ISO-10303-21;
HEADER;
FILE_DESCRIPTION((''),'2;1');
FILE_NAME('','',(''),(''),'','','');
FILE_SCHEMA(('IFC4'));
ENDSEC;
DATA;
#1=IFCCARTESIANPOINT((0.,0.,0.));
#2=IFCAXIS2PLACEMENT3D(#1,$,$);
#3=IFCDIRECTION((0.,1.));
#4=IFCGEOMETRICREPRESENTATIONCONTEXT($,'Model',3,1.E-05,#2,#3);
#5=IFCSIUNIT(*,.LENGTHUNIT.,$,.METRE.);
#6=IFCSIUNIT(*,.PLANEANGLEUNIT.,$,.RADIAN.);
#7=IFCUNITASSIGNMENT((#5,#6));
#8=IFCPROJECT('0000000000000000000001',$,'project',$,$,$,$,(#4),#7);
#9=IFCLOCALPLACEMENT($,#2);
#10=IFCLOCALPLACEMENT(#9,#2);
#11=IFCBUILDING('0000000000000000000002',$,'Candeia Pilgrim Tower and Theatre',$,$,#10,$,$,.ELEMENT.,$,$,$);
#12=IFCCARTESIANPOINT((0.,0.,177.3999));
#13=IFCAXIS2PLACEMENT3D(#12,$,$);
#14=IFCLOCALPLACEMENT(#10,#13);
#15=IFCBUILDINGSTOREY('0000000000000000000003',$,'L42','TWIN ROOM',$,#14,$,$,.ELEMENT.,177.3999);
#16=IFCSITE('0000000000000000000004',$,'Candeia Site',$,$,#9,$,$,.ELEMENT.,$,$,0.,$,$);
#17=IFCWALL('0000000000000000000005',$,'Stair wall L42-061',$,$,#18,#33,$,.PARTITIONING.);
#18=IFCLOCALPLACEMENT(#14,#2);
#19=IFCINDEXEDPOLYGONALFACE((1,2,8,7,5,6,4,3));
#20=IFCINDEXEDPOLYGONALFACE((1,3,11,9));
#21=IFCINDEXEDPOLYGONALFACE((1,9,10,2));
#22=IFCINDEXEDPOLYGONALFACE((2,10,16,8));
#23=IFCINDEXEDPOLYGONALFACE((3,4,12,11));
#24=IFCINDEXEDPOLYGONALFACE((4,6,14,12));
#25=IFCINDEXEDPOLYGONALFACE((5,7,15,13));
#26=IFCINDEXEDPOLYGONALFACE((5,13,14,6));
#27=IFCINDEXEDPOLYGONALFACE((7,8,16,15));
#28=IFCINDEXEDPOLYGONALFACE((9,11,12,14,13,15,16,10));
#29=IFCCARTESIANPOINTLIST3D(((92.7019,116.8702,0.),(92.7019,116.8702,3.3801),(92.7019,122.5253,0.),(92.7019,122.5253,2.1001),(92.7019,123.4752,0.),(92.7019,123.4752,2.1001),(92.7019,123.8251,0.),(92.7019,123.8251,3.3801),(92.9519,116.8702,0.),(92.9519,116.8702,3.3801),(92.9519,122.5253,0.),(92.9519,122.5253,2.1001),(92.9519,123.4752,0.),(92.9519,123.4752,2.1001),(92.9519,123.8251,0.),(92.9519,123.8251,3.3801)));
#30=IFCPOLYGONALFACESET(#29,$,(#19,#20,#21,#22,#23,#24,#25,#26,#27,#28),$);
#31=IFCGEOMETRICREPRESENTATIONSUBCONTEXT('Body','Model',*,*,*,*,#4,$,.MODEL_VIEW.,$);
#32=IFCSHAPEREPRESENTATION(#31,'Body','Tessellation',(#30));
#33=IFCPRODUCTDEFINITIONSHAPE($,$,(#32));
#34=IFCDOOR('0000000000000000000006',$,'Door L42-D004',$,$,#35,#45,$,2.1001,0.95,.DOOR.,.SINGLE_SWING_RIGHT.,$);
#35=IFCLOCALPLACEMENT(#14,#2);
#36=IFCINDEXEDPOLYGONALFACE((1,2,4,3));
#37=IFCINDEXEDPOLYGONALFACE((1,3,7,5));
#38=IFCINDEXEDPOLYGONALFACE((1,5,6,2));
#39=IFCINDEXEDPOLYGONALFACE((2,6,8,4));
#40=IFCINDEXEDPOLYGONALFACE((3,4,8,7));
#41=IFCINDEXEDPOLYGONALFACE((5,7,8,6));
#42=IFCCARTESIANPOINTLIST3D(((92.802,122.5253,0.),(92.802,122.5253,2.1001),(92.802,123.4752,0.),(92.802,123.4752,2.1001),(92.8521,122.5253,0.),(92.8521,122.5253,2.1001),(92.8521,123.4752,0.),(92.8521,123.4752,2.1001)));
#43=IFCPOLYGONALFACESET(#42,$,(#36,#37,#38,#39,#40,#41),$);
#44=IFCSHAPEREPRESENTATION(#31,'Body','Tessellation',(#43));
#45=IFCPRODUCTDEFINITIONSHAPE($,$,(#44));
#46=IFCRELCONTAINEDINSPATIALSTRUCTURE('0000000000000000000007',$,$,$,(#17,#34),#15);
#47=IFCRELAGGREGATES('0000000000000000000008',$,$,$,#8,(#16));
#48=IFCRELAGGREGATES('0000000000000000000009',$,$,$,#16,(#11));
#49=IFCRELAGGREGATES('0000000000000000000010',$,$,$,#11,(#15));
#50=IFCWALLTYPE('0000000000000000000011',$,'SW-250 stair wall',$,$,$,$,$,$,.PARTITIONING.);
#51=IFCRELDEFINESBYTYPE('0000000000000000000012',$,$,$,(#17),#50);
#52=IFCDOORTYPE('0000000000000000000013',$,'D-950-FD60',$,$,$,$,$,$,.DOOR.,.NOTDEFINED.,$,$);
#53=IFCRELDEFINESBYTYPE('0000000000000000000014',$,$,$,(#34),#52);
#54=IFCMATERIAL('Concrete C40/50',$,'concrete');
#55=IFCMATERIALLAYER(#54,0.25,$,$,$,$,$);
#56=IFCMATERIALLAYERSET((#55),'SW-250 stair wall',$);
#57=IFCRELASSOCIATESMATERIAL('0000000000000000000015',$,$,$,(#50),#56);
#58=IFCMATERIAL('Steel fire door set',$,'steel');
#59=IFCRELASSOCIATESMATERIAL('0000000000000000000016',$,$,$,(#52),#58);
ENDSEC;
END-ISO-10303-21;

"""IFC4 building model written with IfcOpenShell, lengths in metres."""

from ifc_helpers import new_model, si_unit, direction, frame, frame_2d, origin, place, context, subcontext, project, spatial, rectangle, extrude, material, layer, layer_set, type_object, element, fill, save


model = new_model("IFC4")

# Units and contexts
model_context = context("Model", 3, precision=1e-05, world=origin(), true_north=direction((0.0, 1.0)))
body_context = subcontext(model_context, "Body", "Model", "MODEL_VIEW")
ifc_project = project(units=[si_unit("LENGTHUNIT", "METRE"), si_unit("PLANEANGLEUNIT", "RADIAN")], contexts=[model_context])

# Site, building, storey
site_placement = place(None, origin())
site = spatial("IfcSite", under=ifc_project, at=site_placement, Name="Candeia Site", CompositionType="ELEMENT", RefElevation=0.0)
building_placement = place(site_placement, origin())
building = spatial("IfcBuilding", under=site, at=building_placement, Name="Candeia Pilgrim Tower and Theatre", CompositionType="ELEMENT")
storey_placement = place(building_placement, frame((0.0, 0.0, 177.3999)))
storey = spatial("IfcBuildingStorey", under=building, at=storey_placement, Name="L42", Description="TWIN ROOM", CompositionType="ELEMENT", Elevation=177.3999)

# Shared definitions
ifc_material_1 = material(Name="Concrete C40/50", Category="concrete")

# Wall, opening, door
ifc_material_2 = material(Name="Steel fire door set", Category="steel")
ifc_layer_1 = layer(ifc_material_1, 0.25)
ifc_layer_set_1 = layer_set([ifc_layer_1], Name="SW-250 stair wall")
wall_type_1 = type_object("IfcWallType", Name="SW-250 stair wall", PredefinedType="PARTITIONING", material=ifc_layer_set_1)
wall_1_placement = place(storey_placement, frame((92.8269, 116.8701, 0.0), z_axis=(0.0, 0.0, 1.0), x_axis=(0.0, 1.0, 0.0)))
wall_1 = element("IfcWall", 1, at=wall_1_placement, inside=storey, type_object=wall_type_1, Name="Stair wall L42-061", PredefinedType="PARTITIONING", context=body_context, shape_type="SweptSolid", body=[
    extrude(rectangle(XDim=6.9548, YDim=0.25, at=frame_2d((3.4775, 0.0))), origin(), (0.0, 0.0, 1.0), 3.3801),
])
opening_1_placement = place(wall_1_placement, frame((5.655, 0.0, 0.0)))
opening_1 = element("IfcOpeningElement", 2, at=opening_1_placement, cuts=wall_1, PredefinedType="OPENING", context=body_context, shape_type="SweptSolid", body=[
    extrude(rectangle(XDim=0.95, YDim=2.1001, at=frame_2d((0.4751, 1.05))), frame((0.0, 0.135, 0.0), z_axis=(0.0, -1.0, 0.0), x_axis=(1.0, 0.0, 0.0)), (0.0, 0.0, 1.0), 0.27),
])
door_type_1 = type_object("IfcDoorType", Name="D-950-FD60", OperationType="NOTDEFINED", PredefinedType="DOOR", material=ifc_material_2)
door_1_placement = place(opening_1_placement, origin())
door_1 = element("IfcDoor", 3, at=door_1_placement, inside=storey, type_object=door_type_1, Name="Door L42-D004", OperationType="SINGLE_SWING_RIGHT", OverallHeight=2.1001, OverallWidth=0.95, PredefinedType="DOOR", context=body_context, shape_type="SweptSolid", body=[
    extrude(rectangle(XDim=0.95, YDim=2.1001, at=frame_2d((0.4751, 1.05))), frame((0.0, 0.0249, 0.0), z_axis=(0.0, -1.0, 0.0), x_axis=(1.0, 0.0, 0.0)), (0.0, 0.0, 1.0), 0.05),
])
fill(opening_1, door_1)

save(model, "model.ifc")
